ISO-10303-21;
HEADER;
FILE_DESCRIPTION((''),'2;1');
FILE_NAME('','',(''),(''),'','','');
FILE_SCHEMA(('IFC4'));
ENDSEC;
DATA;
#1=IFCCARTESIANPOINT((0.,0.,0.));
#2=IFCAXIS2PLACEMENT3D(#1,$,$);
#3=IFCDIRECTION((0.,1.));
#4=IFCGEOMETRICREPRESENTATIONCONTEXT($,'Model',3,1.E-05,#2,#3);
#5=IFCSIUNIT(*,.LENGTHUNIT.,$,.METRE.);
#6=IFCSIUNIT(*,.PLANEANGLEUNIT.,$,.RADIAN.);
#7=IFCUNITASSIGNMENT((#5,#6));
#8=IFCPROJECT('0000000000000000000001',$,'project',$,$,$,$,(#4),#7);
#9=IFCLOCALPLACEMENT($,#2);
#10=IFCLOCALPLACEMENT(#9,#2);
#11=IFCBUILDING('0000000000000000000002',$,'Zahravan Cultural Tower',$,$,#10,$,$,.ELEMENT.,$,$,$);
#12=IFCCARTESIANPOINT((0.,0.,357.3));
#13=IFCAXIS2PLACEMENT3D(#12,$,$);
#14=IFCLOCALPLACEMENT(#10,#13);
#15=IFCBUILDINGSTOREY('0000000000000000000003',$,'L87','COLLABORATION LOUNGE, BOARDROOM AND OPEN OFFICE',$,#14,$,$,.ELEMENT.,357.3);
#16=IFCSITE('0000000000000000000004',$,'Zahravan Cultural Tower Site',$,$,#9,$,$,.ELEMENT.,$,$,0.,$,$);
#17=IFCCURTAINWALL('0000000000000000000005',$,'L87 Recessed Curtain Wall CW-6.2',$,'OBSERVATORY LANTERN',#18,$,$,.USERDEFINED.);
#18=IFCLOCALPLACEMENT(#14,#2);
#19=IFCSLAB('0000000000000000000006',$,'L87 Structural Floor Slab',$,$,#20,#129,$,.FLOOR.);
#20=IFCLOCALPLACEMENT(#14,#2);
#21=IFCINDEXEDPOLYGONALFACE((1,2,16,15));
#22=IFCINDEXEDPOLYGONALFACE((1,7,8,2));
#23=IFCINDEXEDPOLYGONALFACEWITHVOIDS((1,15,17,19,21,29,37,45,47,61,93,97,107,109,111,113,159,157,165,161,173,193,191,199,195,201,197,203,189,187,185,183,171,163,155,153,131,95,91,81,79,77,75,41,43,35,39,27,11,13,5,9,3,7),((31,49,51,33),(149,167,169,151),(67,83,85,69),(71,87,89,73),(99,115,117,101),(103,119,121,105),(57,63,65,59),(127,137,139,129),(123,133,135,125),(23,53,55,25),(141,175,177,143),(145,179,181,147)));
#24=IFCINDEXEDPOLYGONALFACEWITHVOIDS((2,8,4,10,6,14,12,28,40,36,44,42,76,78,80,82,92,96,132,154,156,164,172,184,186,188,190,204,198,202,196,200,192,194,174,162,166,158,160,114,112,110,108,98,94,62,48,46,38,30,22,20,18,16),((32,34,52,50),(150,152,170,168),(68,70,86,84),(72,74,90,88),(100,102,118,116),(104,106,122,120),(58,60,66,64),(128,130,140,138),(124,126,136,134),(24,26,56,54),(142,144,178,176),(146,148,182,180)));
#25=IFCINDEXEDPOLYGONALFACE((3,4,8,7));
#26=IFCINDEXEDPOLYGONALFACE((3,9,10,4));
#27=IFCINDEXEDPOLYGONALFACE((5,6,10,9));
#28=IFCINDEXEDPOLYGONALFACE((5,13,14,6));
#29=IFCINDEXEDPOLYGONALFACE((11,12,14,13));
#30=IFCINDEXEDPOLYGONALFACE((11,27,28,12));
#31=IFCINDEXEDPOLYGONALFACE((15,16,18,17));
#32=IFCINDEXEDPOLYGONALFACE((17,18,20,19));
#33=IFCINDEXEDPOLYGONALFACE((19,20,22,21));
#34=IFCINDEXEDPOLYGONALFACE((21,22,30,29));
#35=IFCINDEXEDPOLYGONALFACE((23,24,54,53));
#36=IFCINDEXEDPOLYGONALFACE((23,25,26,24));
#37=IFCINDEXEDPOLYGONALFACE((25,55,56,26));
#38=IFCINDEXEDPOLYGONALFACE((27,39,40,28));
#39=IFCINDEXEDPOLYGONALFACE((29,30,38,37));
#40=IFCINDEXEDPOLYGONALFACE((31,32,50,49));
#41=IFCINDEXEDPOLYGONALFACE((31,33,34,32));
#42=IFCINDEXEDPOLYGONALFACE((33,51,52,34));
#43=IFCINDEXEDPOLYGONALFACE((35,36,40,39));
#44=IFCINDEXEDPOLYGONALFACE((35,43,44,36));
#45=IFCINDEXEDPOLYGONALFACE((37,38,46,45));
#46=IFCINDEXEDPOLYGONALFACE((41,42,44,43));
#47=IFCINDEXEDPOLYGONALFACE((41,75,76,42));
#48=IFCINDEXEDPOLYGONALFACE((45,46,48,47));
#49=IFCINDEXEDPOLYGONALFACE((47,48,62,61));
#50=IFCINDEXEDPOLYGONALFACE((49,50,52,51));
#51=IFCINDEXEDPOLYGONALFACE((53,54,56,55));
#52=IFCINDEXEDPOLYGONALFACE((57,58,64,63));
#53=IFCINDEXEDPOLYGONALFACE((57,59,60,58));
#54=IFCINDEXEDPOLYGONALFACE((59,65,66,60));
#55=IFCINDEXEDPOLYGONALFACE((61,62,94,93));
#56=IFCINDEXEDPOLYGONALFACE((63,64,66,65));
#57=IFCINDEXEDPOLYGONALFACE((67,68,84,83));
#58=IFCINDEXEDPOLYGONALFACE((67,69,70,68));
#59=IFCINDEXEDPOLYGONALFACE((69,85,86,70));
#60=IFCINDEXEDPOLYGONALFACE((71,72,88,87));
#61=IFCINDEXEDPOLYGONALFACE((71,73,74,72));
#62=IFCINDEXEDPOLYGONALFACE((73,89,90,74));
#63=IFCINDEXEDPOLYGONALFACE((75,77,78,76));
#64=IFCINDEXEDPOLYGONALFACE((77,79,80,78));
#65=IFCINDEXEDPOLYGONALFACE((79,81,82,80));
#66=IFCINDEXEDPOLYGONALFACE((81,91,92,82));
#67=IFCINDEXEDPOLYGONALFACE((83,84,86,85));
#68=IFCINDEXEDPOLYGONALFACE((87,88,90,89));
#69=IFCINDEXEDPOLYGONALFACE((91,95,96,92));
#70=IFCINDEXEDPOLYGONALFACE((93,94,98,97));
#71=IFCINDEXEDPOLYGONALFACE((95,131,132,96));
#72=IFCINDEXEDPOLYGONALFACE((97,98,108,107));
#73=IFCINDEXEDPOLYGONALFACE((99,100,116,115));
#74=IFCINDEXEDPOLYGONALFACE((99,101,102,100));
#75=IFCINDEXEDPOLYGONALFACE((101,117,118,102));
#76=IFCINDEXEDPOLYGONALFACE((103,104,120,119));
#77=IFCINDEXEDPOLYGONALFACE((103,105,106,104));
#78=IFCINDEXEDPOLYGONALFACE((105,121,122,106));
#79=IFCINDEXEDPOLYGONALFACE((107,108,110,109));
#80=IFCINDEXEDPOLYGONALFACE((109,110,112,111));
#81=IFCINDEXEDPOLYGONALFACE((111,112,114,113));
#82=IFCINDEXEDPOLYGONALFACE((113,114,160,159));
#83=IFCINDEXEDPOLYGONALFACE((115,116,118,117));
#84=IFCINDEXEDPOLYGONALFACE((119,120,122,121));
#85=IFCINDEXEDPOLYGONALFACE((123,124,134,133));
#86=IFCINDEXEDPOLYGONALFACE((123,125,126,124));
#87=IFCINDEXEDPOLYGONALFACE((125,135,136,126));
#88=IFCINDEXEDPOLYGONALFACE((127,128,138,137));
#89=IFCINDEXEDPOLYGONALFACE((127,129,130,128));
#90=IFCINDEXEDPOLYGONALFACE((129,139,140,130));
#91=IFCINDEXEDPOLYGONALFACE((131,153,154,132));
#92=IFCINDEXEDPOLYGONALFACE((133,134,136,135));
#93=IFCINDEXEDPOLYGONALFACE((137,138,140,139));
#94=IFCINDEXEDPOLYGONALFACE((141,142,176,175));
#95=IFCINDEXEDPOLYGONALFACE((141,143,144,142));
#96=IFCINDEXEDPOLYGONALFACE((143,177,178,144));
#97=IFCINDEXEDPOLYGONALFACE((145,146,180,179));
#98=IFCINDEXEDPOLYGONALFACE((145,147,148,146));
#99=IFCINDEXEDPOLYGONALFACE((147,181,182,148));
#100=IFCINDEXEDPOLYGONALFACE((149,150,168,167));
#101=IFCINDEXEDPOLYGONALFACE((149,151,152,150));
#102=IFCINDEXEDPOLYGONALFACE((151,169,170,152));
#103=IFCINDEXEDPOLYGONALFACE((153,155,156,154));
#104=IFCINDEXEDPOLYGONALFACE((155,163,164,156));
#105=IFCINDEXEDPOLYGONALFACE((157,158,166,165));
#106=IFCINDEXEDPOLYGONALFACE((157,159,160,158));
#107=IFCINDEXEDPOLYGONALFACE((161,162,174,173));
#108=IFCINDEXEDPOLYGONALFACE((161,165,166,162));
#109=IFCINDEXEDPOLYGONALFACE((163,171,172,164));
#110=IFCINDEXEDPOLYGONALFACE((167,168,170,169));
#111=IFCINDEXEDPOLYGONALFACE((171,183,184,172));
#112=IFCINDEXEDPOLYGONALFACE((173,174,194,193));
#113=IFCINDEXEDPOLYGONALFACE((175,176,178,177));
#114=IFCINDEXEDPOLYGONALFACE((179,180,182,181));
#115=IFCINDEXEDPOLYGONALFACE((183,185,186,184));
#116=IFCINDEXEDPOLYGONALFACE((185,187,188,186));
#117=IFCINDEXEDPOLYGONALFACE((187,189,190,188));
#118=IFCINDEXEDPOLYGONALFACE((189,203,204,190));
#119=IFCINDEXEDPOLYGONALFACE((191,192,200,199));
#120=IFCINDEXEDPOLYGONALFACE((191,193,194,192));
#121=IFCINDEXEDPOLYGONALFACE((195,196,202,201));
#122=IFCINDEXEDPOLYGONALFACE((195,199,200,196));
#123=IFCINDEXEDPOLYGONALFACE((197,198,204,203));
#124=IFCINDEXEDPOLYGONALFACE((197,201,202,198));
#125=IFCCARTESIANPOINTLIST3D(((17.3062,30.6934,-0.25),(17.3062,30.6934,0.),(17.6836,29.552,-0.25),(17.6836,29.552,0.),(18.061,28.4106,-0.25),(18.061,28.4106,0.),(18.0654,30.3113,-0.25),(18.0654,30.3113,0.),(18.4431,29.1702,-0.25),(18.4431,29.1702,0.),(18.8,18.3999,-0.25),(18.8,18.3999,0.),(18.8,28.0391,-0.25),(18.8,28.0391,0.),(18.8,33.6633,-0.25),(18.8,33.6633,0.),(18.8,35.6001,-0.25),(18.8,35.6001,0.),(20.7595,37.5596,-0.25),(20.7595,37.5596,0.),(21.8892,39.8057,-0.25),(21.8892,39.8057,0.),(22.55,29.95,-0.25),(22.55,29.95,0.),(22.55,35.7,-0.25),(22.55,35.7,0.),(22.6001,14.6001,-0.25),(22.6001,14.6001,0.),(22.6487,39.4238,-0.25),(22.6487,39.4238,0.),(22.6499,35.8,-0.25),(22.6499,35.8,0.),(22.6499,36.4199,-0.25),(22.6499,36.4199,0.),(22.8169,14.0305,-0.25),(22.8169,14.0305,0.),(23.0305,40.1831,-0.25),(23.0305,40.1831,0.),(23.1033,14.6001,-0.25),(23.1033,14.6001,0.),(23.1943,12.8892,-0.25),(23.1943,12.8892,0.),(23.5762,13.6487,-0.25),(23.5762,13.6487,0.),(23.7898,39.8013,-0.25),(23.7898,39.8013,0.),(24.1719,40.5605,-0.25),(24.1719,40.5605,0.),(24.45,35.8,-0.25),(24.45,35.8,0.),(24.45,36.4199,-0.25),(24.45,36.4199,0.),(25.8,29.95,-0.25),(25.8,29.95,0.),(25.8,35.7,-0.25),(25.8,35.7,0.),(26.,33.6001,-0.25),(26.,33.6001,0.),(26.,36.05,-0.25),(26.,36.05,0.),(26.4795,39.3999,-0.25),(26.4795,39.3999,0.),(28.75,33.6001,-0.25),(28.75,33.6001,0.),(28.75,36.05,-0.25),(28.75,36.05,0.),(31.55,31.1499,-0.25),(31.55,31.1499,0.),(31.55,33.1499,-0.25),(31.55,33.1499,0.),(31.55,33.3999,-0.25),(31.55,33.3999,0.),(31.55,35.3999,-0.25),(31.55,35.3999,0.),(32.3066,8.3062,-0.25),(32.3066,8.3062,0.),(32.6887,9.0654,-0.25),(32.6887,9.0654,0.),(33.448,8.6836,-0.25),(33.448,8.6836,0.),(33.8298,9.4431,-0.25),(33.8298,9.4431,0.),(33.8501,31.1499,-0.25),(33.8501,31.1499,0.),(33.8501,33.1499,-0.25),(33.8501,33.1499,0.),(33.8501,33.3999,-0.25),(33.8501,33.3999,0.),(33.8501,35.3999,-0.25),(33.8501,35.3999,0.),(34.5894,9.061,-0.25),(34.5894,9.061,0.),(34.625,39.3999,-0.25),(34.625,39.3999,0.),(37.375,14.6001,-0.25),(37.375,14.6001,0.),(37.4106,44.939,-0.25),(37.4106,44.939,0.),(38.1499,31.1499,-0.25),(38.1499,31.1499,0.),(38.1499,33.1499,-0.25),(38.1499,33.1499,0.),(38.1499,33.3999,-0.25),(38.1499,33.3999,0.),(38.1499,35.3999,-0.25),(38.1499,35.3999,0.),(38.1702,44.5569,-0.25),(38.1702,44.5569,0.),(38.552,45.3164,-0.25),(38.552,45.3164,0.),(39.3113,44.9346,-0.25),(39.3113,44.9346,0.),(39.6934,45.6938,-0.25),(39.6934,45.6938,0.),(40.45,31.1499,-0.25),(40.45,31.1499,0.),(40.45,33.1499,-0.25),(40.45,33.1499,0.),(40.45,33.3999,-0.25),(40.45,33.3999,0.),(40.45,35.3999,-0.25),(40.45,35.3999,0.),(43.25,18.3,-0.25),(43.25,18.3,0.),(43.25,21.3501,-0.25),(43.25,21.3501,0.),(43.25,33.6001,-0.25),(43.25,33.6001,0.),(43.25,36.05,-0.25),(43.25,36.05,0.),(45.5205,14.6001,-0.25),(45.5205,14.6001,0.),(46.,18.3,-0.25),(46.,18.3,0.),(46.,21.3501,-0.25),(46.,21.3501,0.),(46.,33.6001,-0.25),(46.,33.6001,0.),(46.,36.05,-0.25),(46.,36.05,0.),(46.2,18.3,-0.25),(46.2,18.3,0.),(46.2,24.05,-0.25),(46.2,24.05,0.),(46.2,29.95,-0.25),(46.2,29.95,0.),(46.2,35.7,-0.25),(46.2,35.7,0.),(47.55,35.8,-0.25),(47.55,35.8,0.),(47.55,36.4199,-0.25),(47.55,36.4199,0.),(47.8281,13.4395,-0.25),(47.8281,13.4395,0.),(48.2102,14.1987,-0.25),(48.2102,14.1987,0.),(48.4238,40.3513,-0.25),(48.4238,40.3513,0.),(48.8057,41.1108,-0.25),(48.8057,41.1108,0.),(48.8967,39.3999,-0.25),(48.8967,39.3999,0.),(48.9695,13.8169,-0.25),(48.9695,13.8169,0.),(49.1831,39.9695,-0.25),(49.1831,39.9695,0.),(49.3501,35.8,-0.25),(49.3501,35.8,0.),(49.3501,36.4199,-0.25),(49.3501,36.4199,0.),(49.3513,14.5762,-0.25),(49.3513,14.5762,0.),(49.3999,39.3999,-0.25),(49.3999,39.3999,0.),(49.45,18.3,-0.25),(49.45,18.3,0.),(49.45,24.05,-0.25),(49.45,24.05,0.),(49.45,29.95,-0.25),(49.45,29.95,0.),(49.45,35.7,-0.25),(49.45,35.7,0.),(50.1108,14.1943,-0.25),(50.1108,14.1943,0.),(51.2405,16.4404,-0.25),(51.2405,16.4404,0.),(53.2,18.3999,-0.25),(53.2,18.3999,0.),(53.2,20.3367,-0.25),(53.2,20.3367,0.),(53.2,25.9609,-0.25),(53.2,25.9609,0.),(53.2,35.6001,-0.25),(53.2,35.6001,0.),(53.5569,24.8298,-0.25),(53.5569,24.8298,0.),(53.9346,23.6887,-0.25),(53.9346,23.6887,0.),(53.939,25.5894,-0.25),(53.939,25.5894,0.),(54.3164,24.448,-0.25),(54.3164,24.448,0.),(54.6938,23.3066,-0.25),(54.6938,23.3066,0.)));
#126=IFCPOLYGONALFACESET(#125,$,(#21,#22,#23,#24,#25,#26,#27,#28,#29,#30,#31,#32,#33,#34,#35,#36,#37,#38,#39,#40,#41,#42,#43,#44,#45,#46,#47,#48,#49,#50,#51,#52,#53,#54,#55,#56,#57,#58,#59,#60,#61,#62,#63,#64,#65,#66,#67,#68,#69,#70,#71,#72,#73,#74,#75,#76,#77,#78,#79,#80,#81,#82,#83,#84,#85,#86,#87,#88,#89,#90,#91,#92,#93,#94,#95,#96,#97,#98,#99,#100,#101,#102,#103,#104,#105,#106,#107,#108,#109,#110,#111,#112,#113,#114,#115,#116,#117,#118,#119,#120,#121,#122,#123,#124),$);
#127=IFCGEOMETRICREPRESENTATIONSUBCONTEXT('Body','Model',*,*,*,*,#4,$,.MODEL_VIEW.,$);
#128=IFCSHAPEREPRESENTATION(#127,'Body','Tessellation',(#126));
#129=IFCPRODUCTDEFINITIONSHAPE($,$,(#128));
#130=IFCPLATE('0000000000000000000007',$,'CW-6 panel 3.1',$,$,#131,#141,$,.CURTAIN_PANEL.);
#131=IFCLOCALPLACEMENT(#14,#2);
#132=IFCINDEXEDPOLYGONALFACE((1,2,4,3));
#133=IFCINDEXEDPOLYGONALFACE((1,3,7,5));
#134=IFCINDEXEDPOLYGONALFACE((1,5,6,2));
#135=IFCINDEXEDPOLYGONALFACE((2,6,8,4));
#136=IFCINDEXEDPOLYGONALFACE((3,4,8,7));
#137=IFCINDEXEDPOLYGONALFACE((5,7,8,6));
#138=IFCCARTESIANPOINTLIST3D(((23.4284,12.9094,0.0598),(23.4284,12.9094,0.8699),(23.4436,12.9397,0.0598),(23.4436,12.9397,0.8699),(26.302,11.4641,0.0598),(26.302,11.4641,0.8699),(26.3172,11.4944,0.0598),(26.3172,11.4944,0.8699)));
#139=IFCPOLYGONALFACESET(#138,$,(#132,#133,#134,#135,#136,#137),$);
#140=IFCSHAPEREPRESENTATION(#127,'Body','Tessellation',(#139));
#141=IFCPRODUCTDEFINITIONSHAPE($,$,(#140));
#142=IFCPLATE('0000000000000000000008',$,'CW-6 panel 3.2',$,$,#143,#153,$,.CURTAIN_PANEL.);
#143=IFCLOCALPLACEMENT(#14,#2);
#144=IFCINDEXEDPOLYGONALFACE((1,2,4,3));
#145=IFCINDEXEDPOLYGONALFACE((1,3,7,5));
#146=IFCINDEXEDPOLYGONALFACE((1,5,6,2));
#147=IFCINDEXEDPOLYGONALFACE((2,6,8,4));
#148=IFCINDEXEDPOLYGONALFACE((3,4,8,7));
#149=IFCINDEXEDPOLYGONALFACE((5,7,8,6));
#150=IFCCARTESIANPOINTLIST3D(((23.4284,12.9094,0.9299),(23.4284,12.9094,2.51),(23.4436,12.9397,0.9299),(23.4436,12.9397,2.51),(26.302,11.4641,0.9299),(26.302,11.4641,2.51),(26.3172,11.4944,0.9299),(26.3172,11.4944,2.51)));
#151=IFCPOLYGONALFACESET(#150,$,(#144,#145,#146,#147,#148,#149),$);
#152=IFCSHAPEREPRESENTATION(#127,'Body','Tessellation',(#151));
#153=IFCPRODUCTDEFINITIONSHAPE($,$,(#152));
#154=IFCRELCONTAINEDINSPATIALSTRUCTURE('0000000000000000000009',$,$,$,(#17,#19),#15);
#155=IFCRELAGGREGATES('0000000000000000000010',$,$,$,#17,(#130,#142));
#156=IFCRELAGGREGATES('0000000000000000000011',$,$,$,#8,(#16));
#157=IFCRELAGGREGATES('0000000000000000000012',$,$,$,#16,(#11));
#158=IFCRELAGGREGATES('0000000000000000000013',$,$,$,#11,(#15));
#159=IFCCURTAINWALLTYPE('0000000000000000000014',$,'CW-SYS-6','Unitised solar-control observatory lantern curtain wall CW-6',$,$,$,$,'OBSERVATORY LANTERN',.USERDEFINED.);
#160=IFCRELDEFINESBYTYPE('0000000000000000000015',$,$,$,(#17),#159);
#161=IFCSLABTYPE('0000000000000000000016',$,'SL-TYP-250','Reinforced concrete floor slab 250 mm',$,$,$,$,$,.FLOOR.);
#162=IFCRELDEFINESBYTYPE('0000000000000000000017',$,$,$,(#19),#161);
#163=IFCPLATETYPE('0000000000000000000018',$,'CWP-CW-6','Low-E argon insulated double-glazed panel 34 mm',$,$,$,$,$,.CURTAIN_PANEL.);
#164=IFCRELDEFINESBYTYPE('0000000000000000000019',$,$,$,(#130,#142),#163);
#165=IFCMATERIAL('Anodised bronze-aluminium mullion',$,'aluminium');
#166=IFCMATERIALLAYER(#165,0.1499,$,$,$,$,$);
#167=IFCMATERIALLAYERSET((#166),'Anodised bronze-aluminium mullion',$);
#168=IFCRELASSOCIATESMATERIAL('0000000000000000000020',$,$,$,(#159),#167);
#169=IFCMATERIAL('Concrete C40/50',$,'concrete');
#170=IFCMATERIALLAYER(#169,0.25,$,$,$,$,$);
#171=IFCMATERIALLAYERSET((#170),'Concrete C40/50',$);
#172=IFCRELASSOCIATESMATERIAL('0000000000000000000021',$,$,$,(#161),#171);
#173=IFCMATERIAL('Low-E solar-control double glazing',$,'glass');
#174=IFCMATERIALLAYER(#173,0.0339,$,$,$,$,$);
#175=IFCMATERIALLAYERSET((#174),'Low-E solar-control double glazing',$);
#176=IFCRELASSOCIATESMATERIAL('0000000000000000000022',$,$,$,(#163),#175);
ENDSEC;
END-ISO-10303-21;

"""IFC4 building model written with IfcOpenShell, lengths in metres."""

from ifc_helpers import new_model, si_unit, direction, frame, origin, origin_2d, place, context, subcontext, project, spatial, polyline, rectangle, outline, extrude, source, transform, mapped, material, layer, layer_set, type_object, element, aggregate, save


model = new_model("IFC4")

# Units and contexts
model_context = context("Model", 3, precision=1e-05, world=origin(), true_north=direction((0.0, 1.0)))
body_context = subcontext(model_context, "Body", "Model", "MODEL_VIEW")
ifc_project = project(units=[si_unit("LENGTHUNIT", "METRE"), si_unit("PLANEANGLEUNIT", "RADIAN")], contexts=[model_context])

# Site, building, storey
site_placement = place(None, origin())
site = spatial("IfcSite", under=ifc_project, at=site_placement, Name="Zahravan Cultural Tower Site", CompositionType="ELEMENT", RefElevation=0.0)
building_placement = place(site_placement, origin())
building = spatial("IfcBuilding", under=site, at=building_placement, Name="Zahravan Cultural Tower", CompositionType="ELEMENT")
storey_placement = place(building_placement, frame((0.0, 0.0, 357.3)))
storey = spatial("IfcBuildingStorey", under=building, at=storey_placement, Name="L87", Description="COLLABORATION LOUNGE, BOARDROOM AND OPEN OFFICE", CompositionType="ELEMENT", Elevation=357.3)

# Curtain wall
ifc_material_1 = material(Name="Anodised bronze-aluminium mullion", Category="aluminium")
ifc_layer_1 = layer(ifc_material_1, 0.1499)
ifc_layer_set_1 = layer_set([ifc_layer_1], Name="Anodised bronze-aluminium mullion")
curtain_wall_type = type_object("IfcCurtainWallType", Name="CW-SYS-6", Description="Unitised solar-control observatory lantern curtain wall CW-6", ElementType="OBSERVATORY LANTERN", PredefinedType="USERDEFINED", material=ifc_layer_set_1)
curtain_wall_placement = place(storey_placement, origin())
curtain_wall = element("IfcCurtainWall", 1, at=curtain_wall_placement, inside=storey, type_object=curtain_wall_type, Name="L87 Recessed Curtain Wall CW-6.2", ObjectType="OBSERVATORY LANTERN", PredefinedType="USERDEFINED")

# Slab
ifc_material_2 = material(Name="Concrete C40/50", Category="concrete")
ifc_layer_2 = layer(ifc_material_2, 0.25)
ifc_layer_set_2 = layer_set([ifc_layer_2], Name="Concrete C40/50")
slab_type_1 = type_object("IfcSlabType", Name="SL-TYP-250", Description="Reinforced concrete floor slab 250 mm", PredefinedType="FLOOR", material=ifc_layer_set_2)
slab_1_placement = place(storey_placement, frame((0.0, 0.0, -0.25)))
element("IfcSlab", 2, at=slab_1_placement, inside=storey, type_object=slab_type_1, Name="L87 Structural Floor Slab", PredefinedType="FLOOR", context=body_context, shape_type="SweptSolid", body=[
    extrude(outline(polyline([(34.625, 39.3999), (26.4795, 39.3999), (24.1719, 40.5605), (23.7898, 39.8013), (23.0305, 40.1831), (22.6487, 39.4238), (21.8892, 39.8057), (20.7595, 37.5596), (18.8, 35.6001), (18.8, 33.6633), (17.3062, 30.6934), (18.0654, 30.3113), (17.6836, 29.552), (18.4431, 29.1702), (18.061, 28.4106), (18.8, 28.0391), (18.8, 18.3999), (22.6001, 14.6001), (23.1033, 14.6001), (22.8169, 14.0305), (23.5762, 13.6487), (23.1943, 12.8892), (32.3066, 8.3062), (32.6887, 9.0654), (33.448, 8.6836), (33.8298, 9.4431), (34.5894, 9.061), (37.375, 14.6001), (45.5205, 14.6001), (47.8281, 13.4395), (48.2102, 14.1987), (48.9695, 13.8169), (49.3513, 14.5762), (50.1108, 14.1943), (51.2405, 16.4404), (53.2, 18.3999), (53.2, 20.3367), (54.6938, 23.3066), (53.9346, 23.6887), (54.3164, 24.448), (53.5569, 24.8298), (53.939, 25.5894), (53.2, 25.9609), (53.2, 35.6001), (49.3999, 39.3999), (48.8967, 39.3999), (49.1831, 39.9695), (48.4238, 40.3513), (48.8057, 41.1108), (39.6934, 45.6938), (39.3113, 44.9346), (38.552, 45.3164), (38.1702, 44.5569), (37.4106, 44.939), (34.625, 39.3999)]), holes=[polyline([(22.55, 29.95), (22.55, 35.7), (25.8, 35.7), (25.8, 29.95), (22.55, 29.95)]), polyline([(46.2, 29.95), (46.2, 35.7), (49.45, 35.7), (49.45, 29.95), (46.2, 29.95)]), polyline([(46.2, 18.3), (46.2, 24.05), (49.45, 24.05), (49.45, 18.3), (46.2, 18.3)]), polyline([(26.0, 33.6001), (26.0, 36.05), (28.75, 36.05), (28.75, 33.6001), (26.0, 33.6001)]), polyline([(43.25, 33.6001), (43.25, 36.05), (46.0, 36.05), (46.0, 33.6001), (43.25, 33.6001)]), polyline([(43.25, 18.3), (43.25, 21.3501), (46.0, 21.3501), (46.0, 18.3), (43.25, 18.3)]), polyline([(31.55, 33.3999), (31.55, 35.3999), (33.8501, 35.3999), (33.8501, 33.3999), (31.55, 33.3999)]), polyline([(31.55, 31.1499), (31.55, 33.1499), (33.8501, 33.1499), (33.8501, 31.1499), (31.55, 31.1499)]), polyline([(38.1499, 33.3999), (38.1499, 35.3999), (40.45, 35.3999), (40.45, 33.3999), (38.1499, 33.3999)]), polyline([(38.1499, 31.1499), (38.1499, 33.1499), (40.45, 33.1499), (40.45, 31.1499), (38.1499, 31.1499)]), polyline([(22.6499, 35.8), (22.6499, 36.4199), (24.45, 36.4199), (24.45, 35.8), (22.6499, 35.8)]), polyline([(47.55, 35.8), (47.55, 36.4199), (49.3501, 36.4199), (49.3501, 35.8), (47.55, 35.8)])]), origin(), (0.0, 0.0, 1.0), 0.25),
])

# Plates
ifc_material_3 = material(Name="Low-E solar-control double glazing", Category="glass")
ifc_layer_3 = layer(ifc_material_3, 0.0339)
ifc_layer_set_3 = layer_set([ifc_layer_3], Name="Low-E solar-control double glazing")
plate_type = type_object("IfcPlateType", Name="CWP-CW-6", Description="Low-E argon insulated double-glazed panel 34 mm", PredefinedType="CURTAIN_PANEL", material=ifc_layer_set_3)
shared_shape_1 = source(origin(), body_context, "Body", "SweptSolid", [
    extrude(rectangle(XDim=3.2166, YDim=0.0339, at=origin_2d()), origin(), (0.0, 0.0, 1.0), 0.8101),
])
plate_1_placement = place(storey_placement, frame((24.8728, 12.2019, 0.0598), z_axis=(0.0, 0.0, 1.0), x_axis=(-0.893372, 0.449317, 0.0)))
plate_1 = element("IfcPlate", 3, at=plate_1_placement, type_object=plate_type, Name="CW-6 panel 3.1", PredefinedType="CURTAIN_PANEL", context=body_context, shape_type="MappedRepresentation", body=[
    mapped(shared_shape_1, transform((0.0, 0.0, 0.0), x_axis=(1.0, 0.0, 0.0), y_axis=(0.0, 1.0, 0.0), z_axis=(0.0, 0.0, 1.0), scale=1.0)),
])
shared_shape_2 = source(origin(), body_context, "Body", "SweptSolid", [
    extrude(rectangle(XDim=3.2166, YDim=0.0339, at=origin_2d()), origin(), (0.0, 0.0, 1.0), 1.5801),
])
plate_2_placement = place(storey_placement, frame((24.8728, 12.2019, 0.9299), z_axis=(0.0, 0.0, 1.0), x_axis=(-0.893372, 0.449317, 0.0)))
plate_2 = element("IfcPlate", 4, at=plate_2_placement, type_object=plate_type, Name="CW-6 panel 3.2", PredefinedType="CURTAIN_PANEL", context=body_context, shape_type="MappedRepresentation", body=[
    mapped(shared_shape_2, transform((0.0, 0.0, 0.0), x_axis=(1.0, 0.0, 0.0), y_axis=(0.0, 1.0, 0.0), z_axis=(0.0, 0.0, 1.0), scale=1.0)),
])
aggregate(curtain_wall, [plate_1, plate_2])

save(model, "model.ifc")
